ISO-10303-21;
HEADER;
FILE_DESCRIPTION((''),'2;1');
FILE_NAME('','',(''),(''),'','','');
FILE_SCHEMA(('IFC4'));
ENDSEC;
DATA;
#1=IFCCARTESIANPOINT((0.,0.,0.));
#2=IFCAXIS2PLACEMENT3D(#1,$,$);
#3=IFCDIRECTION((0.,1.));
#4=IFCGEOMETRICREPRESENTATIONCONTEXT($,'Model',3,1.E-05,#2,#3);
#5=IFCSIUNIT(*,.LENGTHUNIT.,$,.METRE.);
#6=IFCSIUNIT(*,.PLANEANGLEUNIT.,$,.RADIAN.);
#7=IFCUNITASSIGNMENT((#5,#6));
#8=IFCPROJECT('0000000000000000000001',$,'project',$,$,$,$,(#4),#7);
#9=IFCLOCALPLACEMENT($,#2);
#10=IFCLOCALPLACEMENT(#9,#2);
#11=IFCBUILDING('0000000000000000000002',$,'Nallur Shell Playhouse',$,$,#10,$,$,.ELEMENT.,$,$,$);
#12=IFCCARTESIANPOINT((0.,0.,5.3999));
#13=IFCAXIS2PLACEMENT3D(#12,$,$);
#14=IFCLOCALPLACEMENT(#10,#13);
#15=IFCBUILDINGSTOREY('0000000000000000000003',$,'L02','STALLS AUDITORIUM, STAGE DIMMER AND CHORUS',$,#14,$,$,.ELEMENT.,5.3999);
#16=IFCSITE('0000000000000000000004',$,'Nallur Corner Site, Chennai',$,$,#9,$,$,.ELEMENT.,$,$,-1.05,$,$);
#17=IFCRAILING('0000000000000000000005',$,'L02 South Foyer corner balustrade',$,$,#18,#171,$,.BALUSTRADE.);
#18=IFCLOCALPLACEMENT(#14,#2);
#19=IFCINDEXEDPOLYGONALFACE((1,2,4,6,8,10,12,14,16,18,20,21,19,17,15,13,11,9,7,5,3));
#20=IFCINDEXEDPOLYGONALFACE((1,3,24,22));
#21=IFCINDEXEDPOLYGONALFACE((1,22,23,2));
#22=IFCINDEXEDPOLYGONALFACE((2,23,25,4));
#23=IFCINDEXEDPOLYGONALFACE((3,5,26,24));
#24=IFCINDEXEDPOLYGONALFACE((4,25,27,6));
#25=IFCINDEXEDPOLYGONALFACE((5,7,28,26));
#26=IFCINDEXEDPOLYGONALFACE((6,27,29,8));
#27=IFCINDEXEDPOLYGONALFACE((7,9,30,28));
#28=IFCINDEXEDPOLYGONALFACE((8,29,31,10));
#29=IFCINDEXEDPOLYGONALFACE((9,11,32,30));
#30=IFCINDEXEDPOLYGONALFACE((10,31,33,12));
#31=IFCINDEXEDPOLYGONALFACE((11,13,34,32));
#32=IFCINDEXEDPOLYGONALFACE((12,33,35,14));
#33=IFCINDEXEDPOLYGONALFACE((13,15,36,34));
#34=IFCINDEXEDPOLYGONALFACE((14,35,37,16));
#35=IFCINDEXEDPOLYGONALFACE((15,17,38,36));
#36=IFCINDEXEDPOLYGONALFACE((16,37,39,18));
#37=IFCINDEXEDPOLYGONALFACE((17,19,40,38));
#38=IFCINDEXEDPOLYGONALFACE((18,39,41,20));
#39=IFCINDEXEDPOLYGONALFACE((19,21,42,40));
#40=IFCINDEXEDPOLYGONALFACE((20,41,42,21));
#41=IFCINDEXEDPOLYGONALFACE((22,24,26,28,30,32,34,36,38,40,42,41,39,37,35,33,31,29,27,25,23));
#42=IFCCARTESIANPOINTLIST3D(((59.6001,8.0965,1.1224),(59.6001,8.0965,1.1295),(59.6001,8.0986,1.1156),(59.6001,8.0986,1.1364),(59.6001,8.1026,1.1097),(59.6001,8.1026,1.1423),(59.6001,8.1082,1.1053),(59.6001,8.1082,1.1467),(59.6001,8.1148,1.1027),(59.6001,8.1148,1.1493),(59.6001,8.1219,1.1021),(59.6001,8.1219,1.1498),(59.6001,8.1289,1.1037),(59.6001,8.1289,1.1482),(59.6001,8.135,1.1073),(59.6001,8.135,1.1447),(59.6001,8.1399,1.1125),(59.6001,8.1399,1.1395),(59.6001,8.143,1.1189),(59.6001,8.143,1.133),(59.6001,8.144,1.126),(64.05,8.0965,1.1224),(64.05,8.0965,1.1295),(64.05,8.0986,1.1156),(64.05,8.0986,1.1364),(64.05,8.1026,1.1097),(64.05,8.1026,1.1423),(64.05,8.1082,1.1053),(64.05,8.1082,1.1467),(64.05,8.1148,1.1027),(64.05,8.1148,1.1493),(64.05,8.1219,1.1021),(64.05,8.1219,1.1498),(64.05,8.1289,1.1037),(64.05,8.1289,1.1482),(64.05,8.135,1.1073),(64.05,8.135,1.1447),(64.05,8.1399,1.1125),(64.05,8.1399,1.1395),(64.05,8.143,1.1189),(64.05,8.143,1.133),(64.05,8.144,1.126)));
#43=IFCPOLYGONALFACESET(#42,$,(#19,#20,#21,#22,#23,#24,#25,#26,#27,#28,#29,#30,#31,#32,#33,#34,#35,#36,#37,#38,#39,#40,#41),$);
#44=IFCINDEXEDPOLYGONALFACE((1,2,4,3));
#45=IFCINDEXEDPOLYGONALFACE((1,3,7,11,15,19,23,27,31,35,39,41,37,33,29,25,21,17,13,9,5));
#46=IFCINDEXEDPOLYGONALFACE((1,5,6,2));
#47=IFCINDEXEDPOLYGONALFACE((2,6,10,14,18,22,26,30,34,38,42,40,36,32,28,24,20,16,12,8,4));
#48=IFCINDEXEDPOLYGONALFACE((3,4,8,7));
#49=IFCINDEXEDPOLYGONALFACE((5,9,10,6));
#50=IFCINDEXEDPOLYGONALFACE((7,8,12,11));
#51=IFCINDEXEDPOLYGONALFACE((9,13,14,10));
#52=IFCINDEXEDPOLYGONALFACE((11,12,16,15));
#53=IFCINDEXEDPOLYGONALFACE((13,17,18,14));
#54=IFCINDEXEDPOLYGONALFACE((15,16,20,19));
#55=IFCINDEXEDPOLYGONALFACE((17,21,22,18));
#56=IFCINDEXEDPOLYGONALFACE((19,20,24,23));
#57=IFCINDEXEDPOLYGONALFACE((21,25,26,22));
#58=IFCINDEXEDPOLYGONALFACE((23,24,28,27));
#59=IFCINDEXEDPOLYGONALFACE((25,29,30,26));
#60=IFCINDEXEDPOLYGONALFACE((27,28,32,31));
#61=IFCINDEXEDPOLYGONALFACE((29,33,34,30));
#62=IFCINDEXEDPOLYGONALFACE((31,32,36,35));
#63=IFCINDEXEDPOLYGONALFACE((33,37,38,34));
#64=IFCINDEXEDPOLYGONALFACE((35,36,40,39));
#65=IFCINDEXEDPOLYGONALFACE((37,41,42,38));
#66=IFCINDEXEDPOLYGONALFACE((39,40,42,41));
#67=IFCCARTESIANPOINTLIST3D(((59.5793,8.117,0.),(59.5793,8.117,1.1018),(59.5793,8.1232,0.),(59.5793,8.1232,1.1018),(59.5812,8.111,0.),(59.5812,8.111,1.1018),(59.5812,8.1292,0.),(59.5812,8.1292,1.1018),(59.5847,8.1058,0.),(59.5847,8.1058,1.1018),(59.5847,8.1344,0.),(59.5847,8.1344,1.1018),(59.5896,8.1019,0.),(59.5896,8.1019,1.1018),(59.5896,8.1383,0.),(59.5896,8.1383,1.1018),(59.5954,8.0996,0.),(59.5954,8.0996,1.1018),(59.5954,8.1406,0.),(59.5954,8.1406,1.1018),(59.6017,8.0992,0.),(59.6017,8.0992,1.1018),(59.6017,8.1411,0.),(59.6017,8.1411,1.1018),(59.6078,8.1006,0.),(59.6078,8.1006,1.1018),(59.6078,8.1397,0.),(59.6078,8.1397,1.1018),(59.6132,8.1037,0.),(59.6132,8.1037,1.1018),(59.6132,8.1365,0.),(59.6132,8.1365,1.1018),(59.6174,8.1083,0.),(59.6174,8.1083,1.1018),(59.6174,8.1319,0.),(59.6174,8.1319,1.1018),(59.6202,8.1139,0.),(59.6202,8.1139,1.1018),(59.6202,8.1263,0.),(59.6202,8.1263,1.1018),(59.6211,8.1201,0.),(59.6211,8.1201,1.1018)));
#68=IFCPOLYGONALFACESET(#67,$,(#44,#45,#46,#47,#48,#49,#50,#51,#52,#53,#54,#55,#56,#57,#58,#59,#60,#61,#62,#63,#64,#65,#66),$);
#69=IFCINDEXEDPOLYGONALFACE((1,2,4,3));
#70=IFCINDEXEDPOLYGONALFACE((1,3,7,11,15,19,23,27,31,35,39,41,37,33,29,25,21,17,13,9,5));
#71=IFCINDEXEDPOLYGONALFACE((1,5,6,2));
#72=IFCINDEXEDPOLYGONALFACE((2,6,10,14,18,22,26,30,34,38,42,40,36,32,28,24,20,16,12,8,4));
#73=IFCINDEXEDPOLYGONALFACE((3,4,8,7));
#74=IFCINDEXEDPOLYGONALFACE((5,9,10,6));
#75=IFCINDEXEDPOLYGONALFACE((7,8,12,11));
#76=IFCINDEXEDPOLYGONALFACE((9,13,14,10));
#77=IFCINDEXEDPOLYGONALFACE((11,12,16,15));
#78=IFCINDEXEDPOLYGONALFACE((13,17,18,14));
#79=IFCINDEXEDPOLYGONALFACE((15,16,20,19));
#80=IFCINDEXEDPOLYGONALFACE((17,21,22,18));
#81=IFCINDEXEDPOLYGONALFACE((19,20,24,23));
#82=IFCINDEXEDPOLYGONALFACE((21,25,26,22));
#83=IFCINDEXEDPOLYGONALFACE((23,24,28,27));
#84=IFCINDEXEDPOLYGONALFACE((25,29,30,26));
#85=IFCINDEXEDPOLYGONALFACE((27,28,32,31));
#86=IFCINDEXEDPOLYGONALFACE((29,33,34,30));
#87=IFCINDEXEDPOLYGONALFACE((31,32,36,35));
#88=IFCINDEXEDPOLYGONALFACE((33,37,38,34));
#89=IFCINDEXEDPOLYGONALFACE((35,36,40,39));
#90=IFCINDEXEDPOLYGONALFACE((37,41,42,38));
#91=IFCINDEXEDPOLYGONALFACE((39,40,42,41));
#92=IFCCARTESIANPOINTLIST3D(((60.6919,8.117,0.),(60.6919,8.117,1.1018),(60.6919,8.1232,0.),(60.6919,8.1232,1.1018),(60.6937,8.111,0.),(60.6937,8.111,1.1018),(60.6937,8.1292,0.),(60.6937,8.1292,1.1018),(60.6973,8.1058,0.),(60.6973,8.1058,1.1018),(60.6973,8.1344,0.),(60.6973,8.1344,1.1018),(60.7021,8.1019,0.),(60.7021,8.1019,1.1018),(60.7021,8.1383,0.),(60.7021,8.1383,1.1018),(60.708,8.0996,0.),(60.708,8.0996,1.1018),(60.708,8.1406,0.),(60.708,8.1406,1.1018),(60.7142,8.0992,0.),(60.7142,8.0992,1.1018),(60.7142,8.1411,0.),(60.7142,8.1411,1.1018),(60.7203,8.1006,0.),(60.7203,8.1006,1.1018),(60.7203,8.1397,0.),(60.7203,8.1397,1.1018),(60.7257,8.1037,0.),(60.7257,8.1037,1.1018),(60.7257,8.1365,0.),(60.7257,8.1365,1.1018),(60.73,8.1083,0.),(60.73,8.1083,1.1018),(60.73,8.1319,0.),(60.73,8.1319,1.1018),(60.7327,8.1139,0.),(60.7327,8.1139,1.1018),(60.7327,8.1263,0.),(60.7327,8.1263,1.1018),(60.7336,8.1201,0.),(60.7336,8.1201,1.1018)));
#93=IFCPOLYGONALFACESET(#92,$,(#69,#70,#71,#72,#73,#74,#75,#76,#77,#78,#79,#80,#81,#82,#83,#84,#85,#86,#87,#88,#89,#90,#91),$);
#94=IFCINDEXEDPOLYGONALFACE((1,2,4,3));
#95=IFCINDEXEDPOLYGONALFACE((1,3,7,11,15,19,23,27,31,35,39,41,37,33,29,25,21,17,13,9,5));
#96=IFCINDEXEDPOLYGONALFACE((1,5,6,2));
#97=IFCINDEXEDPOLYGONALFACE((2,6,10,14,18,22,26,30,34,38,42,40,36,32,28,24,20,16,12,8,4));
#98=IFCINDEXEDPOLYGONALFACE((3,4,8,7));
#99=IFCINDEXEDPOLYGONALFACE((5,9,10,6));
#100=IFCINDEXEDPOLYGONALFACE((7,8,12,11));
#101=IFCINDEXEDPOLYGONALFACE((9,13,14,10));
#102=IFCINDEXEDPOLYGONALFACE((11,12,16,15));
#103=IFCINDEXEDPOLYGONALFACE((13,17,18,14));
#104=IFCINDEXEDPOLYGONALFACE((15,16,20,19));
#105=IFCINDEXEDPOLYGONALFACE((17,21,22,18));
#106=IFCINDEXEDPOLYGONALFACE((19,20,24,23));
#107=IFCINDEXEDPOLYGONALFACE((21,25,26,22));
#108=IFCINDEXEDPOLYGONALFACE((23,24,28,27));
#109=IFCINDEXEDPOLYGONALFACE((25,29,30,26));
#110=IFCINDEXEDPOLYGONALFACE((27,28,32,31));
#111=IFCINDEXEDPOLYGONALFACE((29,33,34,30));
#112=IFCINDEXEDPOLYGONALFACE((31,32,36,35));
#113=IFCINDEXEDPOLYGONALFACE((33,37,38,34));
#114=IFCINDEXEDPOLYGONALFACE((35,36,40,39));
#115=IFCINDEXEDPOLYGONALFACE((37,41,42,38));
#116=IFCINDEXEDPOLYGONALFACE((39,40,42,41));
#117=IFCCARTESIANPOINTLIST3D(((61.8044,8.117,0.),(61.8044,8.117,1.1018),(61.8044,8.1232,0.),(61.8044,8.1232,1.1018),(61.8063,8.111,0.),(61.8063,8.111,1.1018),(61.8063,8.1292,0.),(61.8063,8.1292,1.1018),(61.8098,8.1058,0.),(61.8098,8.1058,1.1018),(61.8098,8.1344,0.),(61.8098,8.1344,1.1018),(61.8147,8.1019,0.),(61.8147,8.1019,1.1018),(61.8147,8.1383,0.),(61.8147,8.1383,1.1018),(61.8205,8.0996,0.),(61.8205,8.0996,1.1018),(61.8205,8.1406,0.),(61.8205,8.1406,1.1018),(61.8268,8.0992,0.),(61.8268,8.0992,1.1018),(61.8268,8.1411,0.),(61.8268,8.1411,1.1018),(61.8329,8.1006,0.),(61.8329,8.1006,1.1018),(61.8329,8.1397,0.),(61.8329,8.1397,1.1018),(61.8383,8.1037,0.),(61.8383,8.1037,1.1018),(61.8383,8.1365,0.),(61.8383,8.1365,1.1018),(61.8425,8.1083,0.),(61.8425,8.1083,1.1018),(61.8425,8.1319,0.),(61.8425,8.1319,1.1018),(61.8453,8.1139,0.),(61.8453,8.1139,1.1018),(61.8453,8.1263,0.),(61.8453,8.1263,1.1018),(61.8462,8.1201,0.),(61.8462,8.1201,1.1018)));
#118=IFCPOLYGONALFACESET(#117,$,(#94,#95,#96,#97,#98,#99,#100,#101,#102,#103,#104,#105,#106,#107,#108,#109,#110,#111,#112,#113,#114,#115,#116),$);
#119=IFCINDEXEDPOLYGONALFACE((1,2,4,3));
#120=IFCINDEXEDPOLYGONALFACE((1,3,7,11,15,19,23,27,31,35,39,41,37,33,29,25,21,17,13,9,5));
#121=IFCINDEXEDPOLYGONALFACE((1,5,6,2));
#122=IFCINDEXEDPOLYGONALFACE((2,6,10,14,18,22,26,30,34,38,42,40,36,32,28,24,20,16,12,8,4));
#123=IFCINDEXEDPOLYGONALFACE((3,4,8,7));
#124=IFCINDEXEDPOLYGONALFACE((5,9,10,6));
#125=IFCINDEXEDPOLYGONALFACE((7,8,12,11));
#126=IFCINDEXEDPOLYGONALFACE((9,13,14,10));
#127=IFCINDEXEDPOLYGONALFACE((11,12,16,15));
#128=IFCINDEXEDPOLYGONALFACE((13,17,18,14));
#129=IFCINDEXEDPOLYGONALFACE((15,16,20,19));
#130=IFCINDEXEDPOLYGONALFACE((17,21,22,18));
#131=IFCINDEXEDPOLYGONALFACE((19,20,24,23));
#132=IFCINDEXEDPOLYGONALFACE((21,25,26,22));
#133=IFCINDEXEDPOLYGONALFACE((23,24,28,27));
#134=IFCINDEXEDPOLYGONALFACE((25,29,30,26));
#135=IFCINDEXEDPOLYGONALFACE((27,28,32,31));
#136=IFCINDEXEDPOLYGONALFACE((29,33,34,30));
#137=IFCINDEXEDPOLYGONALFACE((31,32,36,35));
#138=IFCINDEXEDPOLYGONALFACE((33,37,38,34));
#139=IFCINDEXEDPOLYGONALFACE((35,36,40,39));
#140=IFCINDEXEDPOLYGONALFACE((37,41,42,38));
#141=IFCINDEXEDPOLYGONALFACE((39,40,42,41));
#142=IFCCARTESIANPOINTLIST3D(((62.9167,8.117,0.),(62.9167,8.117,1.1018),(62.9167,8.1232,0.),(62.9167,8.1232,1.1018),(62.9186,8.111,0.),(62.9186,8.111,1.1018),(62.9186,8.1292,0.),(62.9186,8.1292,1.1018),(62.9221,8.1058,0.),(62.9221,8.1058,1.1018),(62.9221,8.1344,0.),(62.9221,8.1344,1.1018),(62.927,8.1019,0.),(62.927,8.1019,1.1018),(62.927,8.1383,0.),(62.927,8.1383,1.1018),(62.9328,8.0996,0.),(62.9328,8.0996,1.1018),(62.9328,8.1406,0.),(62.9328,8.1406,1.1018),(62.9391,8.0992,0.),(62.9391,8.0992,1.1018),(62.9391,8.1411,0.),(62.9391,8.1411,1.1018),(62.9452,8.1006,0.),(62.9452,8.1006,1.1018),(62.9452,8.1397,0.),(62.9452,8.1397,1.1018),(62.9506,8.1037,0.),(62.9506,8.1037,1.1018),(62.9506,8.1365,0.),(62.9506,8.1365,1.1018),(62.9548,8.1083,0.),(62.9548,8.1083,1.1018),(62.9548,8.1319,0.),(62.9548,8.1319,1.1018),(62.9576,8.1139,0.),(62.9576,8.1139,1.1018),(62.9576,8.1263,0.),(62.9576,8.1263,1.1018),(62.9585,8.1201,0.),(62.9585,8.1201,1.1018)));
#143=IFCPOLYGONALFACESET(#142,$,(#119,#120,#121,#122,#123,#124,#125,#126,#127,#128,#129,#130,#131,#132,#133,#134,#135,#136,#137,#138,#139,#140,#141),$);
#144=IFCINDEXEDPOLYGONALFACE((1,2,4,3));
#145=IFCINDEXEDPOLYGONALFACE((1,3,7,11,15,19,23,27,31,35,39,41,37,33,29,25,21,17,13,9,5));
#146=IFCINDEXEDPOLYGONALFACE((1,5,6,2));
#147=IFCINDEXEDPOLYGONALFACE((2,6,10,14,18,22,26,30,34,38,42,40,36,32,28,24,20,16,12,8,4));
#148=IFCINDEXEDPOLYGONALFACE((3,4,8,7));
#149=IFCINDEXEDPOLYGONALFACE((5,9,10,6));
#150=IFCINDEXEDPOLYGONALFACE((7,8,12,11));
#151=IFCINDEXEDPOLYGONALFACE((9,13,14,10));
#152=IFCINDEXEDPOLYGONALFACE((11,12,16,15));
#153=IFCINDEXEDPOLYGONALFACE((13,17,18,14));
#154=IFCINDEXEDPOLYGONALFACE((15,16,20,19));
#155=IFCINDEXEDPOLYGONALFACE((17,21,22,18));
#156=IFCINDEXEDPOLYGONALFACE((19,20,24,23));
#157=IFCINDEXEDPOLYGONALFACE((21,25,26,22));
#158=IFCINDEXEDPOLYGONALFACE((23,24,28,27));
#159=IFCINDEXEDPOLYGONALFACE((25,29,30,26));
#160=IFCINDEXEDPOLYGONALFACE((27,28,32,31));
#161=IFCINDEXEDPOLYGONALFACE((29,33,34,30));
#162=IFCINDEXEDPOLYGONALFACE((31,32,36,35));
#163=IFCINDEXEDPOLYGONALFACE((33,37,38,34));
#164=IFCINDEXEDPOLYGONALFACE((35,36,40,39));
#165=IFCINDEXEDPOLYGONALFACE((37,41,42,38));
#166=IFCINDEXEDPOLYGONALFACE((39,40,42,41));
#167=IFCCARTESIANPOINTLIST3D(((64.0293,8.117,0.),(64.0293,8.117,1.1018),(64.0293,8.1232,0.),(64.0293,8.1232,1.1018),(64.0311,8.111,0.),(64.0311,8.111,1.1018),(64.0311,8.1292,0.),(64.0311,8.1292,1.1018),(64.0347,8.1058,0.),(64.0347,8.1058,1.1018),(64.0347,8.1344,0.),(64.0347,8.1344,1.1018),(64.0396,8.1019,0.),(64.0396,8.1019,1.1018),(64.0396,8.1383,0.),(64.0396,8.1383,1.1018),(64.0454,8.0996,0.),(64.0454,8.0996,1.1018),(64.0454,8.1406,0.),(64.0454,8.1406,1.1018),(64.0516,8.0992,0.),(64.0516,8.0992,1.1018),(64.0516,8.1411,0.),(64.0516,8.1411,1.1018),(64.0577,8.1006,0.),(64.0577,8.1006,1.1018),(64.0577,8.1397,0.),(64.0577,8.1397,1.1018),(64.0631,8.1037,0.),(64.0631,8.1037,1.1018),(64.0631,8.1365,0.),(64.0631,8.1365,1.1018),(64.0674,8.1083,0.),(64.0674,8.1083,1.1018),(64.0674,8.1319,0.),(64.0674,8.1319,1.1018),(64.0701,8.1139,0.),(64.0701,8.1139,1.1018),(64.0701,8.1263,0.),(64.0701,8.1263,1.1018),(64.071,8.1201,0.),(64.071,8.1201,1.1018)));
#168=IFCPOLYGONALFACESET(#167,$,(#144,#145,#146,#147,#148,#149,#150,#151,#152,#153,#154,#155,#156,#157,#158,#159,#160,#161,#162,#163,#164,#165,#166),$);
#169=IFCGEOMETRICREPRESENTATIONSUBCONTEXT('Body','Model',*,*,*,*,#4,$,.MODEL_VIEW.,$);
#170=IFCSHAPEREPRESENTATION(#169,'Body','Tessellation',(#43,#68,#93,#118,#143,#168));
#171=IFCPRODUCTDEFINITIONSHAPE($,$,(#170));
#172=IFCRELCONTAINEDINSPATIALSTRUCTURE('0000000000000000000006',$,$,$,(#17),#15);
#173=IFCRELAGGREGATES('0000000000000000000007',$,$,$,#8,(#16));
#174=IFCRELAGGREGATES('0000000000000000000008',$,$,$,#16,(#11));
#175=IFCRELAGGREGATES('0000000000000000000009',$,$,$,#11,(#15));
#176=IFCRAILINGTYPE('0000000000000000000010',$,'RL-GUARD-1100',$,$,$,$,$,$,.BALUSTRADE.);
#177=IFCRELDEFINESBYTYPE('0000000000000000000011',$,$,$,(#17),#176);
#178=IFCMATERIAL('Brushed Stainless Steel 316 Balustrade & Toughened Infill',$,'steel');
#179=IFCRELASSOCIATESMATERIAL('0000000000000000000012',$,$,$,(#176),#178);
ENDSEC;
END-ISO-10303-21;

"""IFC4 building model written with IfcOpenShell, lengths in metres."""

from ifc_helpers import new_model, si_unit, direction, frame, origin, origin_2d, place, context, subcontext, project, spatial, circle, extrude, material, type_object, element, save


model = new_model("IFC4")

# Units and contexts
model_context = context("Model", 3, precision=1e-05, world=origin(), true_north=direction((0.0, 1.0)))
body_context = subcontext(model_context, "Body", "Model", "MODEL_VIEW")
ifc_project = project(units=[si_unit("LENGTHUNIT", "METRE"), si_unit("PLANEANGLEUNIT", "RADIAN")], contexts=[model_context])

# Site, building, storey
site_placement = place(None, origin())
site = spatial("IfcSite", under=ifc_project, at=site_placement, Name="Nallur Corner Site, Chennai", CompositionType="ELEMENT", RefElevation=-1.05)
building_placement = place(site_placement, origin())
building = spatial("IfcBuilding", under=site, at=building_placement, Name="Nallur Shell Playhouse", CompositionType="ELEMENT")
storey_placement = place(building_placement, frame((0.0, 0.0, 5.3999)))
storey = spatial("IfcBuildingStorey", under=building, at=storey_placement, Name="L02", Description="STALLS AUDITORIUM, STAGE DIMMER AND CHORUS", CompositionType="ELEMENT", Elevation=5.3999)

# Railing
ifc_material_1 = material(Name="Brushed Stainless Steel 316 Balustrade & Toughened Infill", Category="steel")
railing_type = type_object("IfcRailingType", Name="RL-GUARD-1100", PredefinedType="BALUSTRADE", material=ifc_material_1)
railing_placement = place(storey_placement, frame((59.6001, 8.1201, 0.0)))
element("IfcRailing", 1, at=railing_placement, inside=storey, type_object=railing_type, Name="L02 South Foyer corner balustrade", PredefinedType="BALUSTRADE", context=body_context, shape_type="SweptSolid", body=[
    extrude(circle(Radius=0.0239, at=origin_2d()), frame((0.0, 0.0, 1.126), z_axis=(1.0, 0.0, 0.0), x_axis=(0.0, 1.0, 0.0)), (0.0, 0.0, 1.0), 4.45),
    extrude(circle(Radius=0.021, at=origin_2d()), origin(), (0.0, 0.0, 1.0), 1.1018),
    extrude(circle(Radius=0.021, at=origin_2d()), frame((1.1125, 0.0, 0.0)), (0.0, 0.0, 1.0), 1.1018),
    extrude(circle(Radius=0.021, at=origin_2d()), frame((2.2251, 0.0, 0.0)), (0.0, 0.0, 1.0), 1.1018),
    extrude(circle(Radius=0.021, at=origin_2d()), frame((3.3374, 0.0, 0.0)), (0.0, 0.0, 1.0), 1.1018),
    extrude(circle(Radius=0.021, at=origin_2d()), frame((4.45, 0.0, 0.0)), (0.0, 0.0, 1.0), 1.1018),
])

save(model, "model.ifc")
